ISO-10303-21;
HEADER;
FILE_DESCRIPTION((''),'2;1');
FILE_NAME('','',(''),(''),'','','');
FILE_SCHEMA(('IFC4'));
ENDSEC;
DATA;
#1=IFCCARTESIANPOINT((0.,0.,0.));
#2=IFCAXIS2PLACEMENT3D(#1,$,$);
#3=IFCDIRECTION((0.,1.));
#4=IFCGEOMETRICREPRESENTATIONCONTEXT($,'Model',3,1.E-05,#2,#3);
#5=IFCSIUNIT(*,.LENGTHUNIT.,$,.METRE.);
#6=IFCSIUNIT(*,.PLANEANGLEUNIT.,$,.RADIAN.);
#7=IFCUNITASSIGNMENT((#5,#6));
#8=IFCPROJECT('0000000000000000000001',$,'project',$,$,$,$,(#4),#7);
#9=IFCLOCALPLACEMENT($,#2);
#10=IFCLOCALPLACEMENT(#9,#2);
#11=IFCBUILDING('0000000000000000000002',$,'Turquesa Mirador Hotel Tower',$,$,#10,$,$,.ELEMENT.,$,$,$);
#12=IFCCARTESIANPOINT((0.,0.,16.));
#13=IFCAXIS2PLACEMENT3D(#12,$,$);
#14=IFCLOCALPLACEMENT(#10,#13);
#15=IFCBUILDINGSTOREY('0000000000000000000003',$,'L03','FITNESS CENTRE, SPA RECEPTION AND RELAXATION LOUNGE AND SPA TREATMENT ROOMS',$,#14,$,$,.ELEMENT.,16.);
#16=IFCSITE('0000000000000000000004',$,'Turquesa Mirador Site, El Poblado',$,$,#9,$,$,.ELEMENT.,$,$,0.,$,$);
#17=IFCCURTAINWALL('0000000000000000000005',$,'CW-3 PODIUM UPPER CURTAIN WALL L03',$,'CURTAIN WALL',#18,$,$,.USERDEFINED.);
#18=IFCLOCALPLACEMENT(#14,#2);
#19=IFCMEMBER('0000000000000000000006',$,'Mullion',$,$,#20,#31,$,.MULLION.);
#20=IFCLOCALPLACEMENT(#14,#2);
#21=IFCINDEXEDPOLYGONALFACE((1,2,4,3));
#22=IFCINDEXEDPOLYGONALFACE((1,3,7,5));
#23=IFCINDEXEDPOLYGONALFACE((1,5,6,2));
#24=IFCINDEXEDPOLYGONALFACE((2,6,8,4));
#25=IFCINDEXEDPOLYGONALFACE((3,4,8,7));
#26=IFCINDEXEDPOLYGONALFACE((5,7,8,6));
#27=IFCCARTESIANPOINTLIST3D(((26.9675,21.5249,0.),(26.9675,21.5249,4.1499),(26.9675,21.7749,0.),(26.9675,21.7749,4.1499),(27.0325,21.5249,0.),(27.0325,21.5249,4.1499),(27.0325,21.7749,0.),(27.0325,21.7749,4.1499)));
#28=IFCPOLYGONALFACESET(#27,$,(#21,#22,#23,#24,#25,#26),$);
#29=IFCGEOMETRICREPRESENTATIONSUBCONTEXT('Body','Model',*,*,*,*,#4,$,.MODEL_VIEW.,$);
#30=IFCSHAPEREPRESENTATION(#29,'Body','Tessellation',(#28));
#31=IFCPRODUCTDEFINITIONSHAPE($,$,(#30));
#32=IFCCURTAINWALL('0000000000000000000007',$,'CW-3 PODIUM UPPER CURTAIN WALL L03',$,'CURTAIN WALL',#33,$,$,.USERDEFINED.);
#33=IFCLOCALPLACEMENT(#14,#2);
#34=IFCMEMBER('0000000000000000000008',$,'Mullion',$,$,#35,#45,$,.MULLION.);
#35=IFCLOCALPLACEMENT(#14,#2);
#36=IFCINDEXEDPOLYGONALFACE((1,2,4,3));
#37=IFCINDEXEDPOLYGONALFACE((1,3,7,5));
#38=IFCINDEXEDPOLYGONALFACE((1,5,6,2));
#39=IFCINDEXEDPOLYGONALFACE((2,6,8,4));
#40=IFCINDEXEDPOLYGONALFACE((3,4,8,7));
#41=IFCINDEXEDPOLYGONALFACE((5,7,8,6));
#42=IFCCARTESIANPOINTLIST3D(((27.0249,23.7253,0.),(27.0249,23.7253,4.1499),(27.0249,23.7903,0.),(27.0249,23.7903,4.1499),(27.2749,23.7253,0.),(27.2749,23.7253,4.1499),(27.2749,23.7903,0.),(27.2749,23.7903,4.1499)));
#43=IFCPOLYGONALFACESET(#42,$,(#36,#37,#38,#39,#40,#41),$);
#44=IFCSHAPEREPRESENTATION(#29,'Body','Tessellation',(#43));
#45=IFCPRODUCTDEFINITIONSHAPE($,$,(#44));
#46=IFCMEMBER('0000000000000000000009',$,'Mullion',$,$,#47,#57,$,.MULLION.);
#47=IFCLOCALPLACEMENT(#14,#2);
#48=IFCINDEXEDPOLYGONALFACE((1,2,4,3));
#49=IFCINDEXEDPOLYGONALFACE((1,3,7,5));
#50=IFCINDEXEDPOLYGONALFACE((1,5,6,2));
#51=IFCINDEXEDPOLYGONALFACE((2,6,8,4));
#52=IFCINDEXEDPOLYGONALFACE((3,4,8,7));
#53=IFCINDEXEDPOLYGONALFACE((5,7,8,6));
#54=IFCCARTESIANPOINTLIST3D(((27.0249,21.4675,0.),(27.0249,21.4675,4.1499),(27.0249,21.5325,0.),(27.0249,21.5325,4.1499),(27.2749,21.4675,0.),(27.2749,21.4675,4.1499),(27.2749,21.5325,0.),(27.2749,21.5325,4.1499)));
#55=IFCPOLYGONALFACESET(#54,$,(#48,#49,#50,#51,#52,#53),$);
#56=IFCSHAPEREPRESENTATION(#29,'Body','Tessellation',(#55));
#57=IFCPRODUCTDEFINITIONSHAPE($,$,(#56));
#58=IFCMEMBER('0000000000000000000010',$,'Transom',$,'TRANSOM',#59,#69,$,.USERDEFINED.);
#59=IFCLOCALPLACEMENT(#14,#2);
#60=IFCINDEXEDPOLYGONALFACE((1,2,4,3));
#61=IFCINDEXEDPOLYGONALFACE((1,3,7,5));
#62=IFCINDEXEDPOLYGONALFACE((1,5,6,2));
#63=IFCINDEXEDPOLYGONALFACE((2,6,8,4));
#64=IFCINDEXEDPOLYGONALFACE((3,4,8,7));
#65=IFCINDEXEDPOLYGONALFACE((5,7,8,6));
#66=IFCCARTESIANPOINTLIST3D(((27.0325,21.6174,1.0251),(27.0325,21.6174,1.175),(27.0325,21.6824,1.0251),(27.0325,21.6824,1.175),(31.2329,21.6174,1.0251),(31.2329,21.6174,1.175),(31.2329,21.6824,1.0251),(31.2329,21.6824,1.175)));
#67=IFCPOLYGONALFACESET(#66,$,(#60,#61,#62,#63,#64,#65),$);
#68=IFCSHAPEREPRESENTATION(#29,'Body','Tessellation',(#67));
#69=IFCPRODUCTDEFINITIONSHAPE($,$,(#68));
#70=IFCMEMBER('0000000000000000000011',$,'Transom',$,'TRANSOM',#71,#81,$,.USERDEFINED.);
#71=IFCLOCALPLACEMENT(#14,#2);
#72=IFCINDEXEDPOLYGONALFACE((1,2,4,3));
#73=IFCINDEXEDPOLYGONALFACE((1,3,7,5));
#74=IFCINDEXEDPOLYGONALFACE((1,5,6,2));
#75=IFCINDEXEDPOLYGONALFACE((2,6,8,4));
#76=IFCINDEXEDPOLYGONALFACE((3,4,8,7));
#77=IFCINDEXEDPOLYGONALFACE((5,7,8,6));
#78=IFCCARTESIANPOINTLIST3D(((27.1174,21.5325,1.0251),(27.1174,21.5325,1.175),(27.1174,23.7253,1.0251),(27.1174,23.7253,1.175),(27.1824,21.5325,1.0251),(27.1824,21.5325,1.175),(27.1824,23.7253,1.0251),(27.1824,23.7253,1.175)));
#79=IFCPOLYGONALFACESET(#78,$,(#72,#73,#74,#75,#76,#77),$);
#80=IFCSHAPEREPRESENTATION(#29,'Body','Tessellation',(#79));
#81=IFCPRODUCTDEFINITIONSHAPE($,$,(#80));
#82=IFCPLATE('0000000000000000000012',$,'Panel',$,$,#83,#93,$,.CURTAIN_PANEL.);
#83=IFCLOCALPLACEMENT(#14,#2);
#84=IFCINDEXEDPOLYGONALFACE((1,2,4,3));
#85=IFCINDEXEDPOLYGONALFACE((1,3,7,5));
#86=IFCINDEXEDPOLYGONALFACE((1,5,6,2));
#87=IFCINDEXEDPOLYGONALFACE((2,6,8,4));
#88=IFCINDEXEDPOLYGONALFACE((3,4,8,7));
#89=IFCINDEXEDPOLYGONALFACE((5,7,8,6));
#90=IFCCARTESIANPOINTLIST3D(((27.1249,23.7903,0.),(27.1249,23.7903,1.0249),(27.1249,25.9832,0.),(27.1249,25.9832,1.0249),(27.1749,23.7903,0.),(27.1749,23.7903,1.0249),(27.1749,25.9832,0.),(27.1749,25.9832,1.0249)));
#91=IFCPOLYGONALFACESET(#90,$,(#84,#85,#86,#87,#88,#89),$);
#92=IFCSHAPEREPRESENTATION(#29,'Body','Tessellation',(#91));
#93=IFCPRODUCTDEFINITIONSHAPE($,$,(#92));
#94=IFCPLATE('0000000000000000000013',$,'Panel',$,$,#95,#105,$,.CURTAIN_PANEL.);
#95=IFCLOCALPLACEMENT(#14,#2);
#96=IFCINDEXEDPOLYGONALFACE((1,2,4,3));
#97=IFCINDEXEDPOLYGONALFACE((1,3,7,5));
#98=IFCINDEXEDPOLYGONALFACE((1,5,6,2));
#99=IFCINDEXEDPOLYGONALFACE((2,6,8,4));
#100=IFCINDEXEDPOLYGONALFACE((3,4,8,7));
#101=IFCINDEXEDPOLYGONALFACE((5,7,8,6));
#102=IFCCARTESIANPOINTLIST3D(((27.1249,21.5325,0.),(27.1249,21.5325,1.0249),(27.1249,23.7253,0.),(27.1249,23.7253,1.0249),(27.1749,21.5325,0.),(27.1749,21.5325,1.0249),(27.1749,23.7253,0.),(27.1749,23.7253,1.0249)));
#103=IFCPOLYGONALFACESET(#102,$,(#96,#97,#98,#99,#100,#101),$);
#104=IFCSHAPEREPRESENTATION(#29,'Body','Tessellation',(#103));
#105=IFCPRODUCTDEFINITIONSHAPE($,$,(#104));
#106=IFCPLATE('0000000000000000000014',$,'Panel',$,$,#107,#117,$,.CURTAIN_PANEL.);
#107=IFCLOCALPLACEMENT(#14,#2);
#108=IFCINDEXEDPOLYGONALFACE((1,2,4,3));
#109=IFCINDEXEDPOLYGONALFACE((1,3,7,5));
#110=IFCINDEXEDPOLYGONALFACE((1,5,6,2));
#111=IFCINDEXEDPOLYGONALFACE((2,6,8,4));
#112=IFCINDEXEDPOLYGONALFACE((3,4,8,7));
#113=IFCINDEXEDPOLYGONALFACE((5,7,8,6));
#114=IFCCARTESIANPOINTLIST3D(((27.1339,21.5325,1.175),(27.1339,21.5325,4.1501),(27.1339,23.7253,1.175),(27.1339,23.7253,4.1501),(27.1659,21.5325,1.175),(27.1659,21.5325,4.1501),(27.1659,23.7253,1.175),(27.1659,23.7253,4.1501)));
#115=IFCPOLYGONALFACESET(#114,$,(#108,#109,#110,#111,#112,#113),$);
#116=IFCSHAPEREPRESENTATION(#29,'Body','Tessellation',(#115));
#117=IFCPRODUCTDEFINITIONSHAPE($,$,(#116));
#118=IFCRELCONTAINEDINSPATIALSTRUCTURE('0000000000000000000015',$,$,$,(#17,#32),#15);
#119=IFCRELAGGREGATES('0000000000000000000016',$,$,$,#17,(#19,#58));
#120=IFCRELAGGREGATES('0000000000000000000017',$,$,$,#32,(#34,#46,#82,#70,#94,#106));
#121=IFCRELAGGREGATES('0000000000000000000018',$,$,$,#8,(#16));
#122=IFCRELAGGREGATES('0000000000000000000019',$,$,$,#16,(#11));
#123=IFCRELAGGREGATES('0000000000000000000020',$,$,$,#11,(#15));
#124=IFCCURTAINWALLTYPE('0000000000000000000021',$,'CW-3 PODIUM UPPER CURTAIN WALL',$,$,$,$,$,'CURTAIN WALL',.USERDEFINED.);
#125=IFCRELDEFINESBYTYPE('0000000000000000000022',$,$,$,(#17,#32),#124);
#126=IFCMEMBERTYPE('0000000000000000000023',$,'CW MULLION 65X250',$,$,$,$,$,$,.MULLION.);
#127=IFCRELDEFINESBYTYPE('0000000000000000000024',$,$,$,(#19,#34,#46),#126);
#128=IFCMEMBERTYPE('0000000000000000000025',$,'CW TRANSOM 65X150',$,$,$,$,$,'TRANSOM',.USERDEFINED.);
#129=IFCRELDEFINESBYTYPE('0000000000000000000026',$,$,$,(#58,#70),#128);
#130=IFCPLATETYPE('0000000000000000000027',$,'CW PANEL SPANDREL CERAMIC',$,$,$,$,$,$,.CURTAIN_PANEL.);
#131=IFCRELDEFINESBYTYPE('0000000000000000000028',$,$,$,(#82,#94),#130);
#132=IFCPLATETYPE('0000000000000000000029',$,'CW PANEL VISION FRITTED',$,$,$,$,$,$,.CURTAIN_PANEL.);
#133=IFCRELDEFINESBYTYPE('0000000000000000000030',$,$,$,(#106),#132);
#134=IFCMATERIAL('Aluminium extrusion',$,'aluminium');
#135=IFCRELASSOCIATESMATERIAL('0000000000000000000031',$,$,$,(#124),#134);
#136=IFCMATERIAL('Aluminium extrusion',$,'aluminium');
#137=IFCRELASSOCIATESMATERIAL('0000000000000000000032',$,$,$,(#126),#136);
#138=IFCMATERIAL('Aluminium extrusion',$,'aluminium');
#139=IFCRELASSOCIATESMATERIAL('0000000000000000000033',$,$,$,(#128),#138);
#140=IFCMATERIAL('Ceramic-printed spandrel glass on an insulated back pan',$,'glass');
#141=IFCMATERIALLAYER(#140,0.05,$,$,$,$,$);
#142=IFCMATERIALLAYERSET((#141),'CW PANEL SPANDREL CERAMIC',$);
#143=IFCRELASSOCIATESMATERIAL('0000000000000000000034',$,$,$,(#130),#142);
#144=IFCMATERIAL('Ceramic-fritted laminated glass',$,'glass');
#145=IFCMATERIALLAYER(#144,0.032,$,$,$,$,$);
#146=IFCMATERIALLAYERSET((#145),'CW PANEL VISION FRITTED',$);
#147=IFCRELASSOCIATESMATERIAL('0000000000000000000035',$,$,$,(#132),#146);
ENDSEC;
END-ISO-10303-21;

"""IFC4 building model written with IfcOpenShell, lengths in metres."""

from ifc_helpers import new_model, si_unit, direction, frame, origin, origin_2d, place, context, subcontext, project, spatial, rectangle, extrude, material, layer, layer_set, material_profile, profile_set, type_object, element, aggregate, save


model = new_model("IFC4")

# Units and contexts
model_context = context("Model", 3, precision=1e-05, world=origin(), true_north=direction((0.0, 1.0)))
body_context = subcontext(model_context, "Body", "Model", "MODEL_VIEW")
ifc_project = project(units=[si_unit("LENGTHUNIT", "METRE"), si_unit("PLANEANGLEUNIT", "RADIAN")], contexts=[model_context])

# Site, building, storey
site_placement = place(None, origin())
site = spatial("IfcSite", under=ifc_project, at=site_placement, Name="Turquesa Mirador Site, El Poblado", CompositionType="ELEMENT", RefElevation=0.0)
building_placement = place(site_placement, origin())
building = spatial("IfcBuilding", under=site, at=building_placement, Name="Turquesa Mirador Hotel Tower", CompositionType="ELEMENT")
storey_placement = place(building_placement, frame((0.0, 0.0, 16.0)))
storey = spatial("IfcBuildingStorey", under=building, at=storey_placement, Name="L03", Description="FITNESS CENTRE, SPA RECEPTION AND RELAXATION LOUNGE AND SPA TREATMENT ROOMS", CompositionType="ELEMENT", Elevation=16.0)

# Curtain wall, member
ifc_material_1 = material(Name="Aluminium extrusion", Category="aluminium")
curtain_wall_type = type_object("IfcCurtainWallType", Name="CW-3 PODIUM UPPER CURTAIN WALL", ElementType="CURTAIN WALL", PredefinedType="USERDEFINED", material=ifc_material_1)
curtain_wall_1_placement = place(storey_placement, origin())
curtain_wall_1 = element("IfcCurtainWall", 1, at=curtain_wall_1_placement, inside=storey, type_object=curtain_wall_type, Name="CW-3 PODIUM UPPER CURTAIN WALL L03", ObjectType="CURTAIN WALL", PredefinedType="USERDEFINED")
ifc_material_2 = material(Name="Aluminium extrusion", Category="aluminium")
ifc_material_profile_1 = material_profile(ifc_material_2, rectangle(XDim=0.0649, YDim=0.25, at=origin_2d()), Name="MULLION 65X250")
ifc_profile_set_1 = profile_set([ifc_material_profile_1], Name="Aluminium extrusion")
member_type_1 = type_object("IfcMemberType", Name="CW MULLION 65X250", PredefinedType="MULLION", material=ifc_profile_set_1)
member_1_placement = place(storey_placement, frame((27.0, 21.6499, 0.0), z_axis=(0.0, 0.0, 1.0), x_axis=(1.0, 0.0, 0.0)))
member_1 = element("IfcMember", 2, at=member_1_placement, type_object=member_type_1, Name="Mullion", PredefinedType="MULLION", context=body_context, shape_type="SweptSolid", body=[
    extrude(rectangle(XDim=0.0649, YDim=0.25, at=origin_2d()), origin(), (0.0, 0.0, 1.0), 4.1499),
])

# Curtain wall, members
curtain_wall_2_placement = place(storey_placement, origin())
curtain_wall_2 = element("IfcCurtainWall", 3, at=curtain_wall_2_placement, inside=storey, type_object=curtain_wall_type, Name="CW-3 PODIUM UPPER CURTAIN WALL L03", ObjectType="CURTAIN WALL", PredefinedType="USERDEFINED")
member_2_placement = place(storey_placement, frame((27.1499, 23.7578, 0.0), z_axis=(0.0, 0.0, 1.0), x_axis=(0.0, -1.0, 0.0)))
member_2 = element("IfcMember", 4, at=member_2_placement, type_object=member_type_1, Name="Mullion", PredefinedType="MULLION", context=body_context, shape_type="SweptSolid", body=[
    extrude(rectangle(XDim=0.0649, YDim=0.25, at=origin_2d()), origin(), (0.0, 0.0, 1.0), 4.1499),
])
member_3_placement = place(storey_placement, frame((27.1499, 21.5, 0.0), z_axis=(0.0, 0.0, 1.0), x_axis=(0.0, -1.0, 0.0)))
member_3 = element("IfcMember", 5, at=member_3_placement, type_object=member_type_1, Name="Mullion", PredefinedType="MULLION", context=body_context, shape_type="SweptSolid", body=[
    extrude(rectangle(XDim=0.0649, YDim=0.25, at=origin_2d()), origin(), (0.0, 0.0, 1.0), 4.1499),
])

# Members
ifc_material_3 = material(Name="Aluminium extrusion", Category="aluminium")
ifc_material_profile_2 = material_profile(ifc_material_3, rectangle(XDim=0.0649, YDim=0.1499, at=origin_2d()), Name="TRANSOM 65X150")
ifc_profile_set_2 = profile_set([ifc_material_profile_2], Name="Aluminium extrusion")
member_type_2 = type_object("IfcMemberType", Name="CW TRANSOM 65X150", ElementType="TRANSOM", PredefinedType="USERDEFINED", material=ifc_profile_set_2)
member_4_placement = place(storey_placement, frame((27.0325, 21.6499, 1.1001), z_axis=(1.0, 0.0, 0.0), x_axis=(0.0, 1.0, 0.0)))
member_4 = element("IfcMember", 6, at=member_4_placement, type_object=member_type_2, Name="Transom", ObjectType="TRANSOM", PredefinedType="USERDEFINED", context=body_context, shape_type="SweptSolid", body=[
    extrude(rectangle(XDim=0.0649, YDim=0.1499, at=origin_2d()), origin(), (0.0, 0.0, 1.0), 4.2004),
])
aggregate(curtain_wall_1, [member_1, member_4])
member_5_placement = place(storey_placement, frame((27.1499, 23.7253, 1.1001), z_axis=(0.0, -1.0, 0.0), x_axis=(1.0, 0.0, 0.0)))
member_5 = element("IfcMember", 7, at=member_5_placement, type_object=member_type_2, Name="Transom", ObjectType="TRANSOM", PredefinedType="USERDEFINED", context=body_context, shape_type="SweptSolid", body=[
    extrude(rectangle(XDim=0.0649, YDim=0.1499, at=origin_2d()), origin(), (0.0, 0.0, 1.0), 2.1929),
])

# Plates
ifc_material_4 = material(Name="Ceramic-printed spandrel glass on an insulated back pan", Category="glass")
ifc_layer_1 = layer(ifc_material_4, 0.05)
ifc_layer_set_1 = layer_set([ifc_layer_1], Name="CW PANEL SPANDREL CERAMIC")
plate_type_1 = type_object("IfcPlateType", Name="CW PANEL SPANDREL CERAMIC", PredefinedType="CURTAIN_PANEL", material=ifc_layer_set_1)
plate_1_placement = place(storey_placement, frame((27.1499, 24.8867, 0.0), z_axis=(0.0, 0.0, 1.0), x_axis=(0.0, -1.0, 0.0)))
plate_1 = element("IfcPlate", 8, at=plate_1_placement, type_object=plate_type_1, Name="Panel", PredefinedType="CURTAIN_PANEL", context=body_context, shape_type="SweptSolid", body=[
    extrude(rectangle(XDim=2.1929, YDim=0.05, at=origin_2d()), origin(), (0.0, 0.0, 1.0), 1.0249),
])
plate_2_placement = place(storey_placement, frame((27.1499, 22.6289, 0.0), z_axis=(0.0, 0.0, 1.0), x_axis=(0.0, -1.0, 0.0)))
plate_2 = element("IfcPlate", 9, at=plate_2_placement, type_object=plate_type_1, Name="Panel", PredefinedType="CURTAIN_PANEL", context=body_context, shape_type="SweptSolid", body=[
    extrude(rectangle(XDim=2.1929, YDim=0.05, at=origin_2d()), origin(), (0.0, 0.0, 1.0), 1.0249),
])
ifc_material_5 = material(Name="Ceramic-fritted laminated glass", Category="glass")
ifc_layer_2 = layer(ifc_material_5, 0.032)
ifc_layer_set_2 = layer_set([ifc_layer_2], Name="CW PANEL VISION FRITTED")
plate_type_2 = type_object("IfcPlateType", Name="CW PANEL VISION FRITTED", PredefinedType="CURTAIN_PANEL", material=ifc_layer_set_2)
plate_3_placement = place(storey_placement, frame((27.1499, 22.6289, 1.175), z_axis=(0.0, 0.0, 1.0), x_axis=(0.0, -1.0, 0.0)))
plate_3 = element("IfcPlate", 10, at=plate_3_placement, type_object=plate_type_2, Name="Panel", PredefinedType="CURTAIN_PANEL", context=body_context, shape_type="SweptSolid", body=[
    extrude(rectangle(XDim=2.1929, YDim=0.032, at=origin_2d()), origin(), (0.0, 0.0, 1.0), 2.9751),
])
aggregate(curtain_wall_2, [member_2, member_3, plate_1, member_5, plate_2, plate_3])

save(model, "model.ifc")
